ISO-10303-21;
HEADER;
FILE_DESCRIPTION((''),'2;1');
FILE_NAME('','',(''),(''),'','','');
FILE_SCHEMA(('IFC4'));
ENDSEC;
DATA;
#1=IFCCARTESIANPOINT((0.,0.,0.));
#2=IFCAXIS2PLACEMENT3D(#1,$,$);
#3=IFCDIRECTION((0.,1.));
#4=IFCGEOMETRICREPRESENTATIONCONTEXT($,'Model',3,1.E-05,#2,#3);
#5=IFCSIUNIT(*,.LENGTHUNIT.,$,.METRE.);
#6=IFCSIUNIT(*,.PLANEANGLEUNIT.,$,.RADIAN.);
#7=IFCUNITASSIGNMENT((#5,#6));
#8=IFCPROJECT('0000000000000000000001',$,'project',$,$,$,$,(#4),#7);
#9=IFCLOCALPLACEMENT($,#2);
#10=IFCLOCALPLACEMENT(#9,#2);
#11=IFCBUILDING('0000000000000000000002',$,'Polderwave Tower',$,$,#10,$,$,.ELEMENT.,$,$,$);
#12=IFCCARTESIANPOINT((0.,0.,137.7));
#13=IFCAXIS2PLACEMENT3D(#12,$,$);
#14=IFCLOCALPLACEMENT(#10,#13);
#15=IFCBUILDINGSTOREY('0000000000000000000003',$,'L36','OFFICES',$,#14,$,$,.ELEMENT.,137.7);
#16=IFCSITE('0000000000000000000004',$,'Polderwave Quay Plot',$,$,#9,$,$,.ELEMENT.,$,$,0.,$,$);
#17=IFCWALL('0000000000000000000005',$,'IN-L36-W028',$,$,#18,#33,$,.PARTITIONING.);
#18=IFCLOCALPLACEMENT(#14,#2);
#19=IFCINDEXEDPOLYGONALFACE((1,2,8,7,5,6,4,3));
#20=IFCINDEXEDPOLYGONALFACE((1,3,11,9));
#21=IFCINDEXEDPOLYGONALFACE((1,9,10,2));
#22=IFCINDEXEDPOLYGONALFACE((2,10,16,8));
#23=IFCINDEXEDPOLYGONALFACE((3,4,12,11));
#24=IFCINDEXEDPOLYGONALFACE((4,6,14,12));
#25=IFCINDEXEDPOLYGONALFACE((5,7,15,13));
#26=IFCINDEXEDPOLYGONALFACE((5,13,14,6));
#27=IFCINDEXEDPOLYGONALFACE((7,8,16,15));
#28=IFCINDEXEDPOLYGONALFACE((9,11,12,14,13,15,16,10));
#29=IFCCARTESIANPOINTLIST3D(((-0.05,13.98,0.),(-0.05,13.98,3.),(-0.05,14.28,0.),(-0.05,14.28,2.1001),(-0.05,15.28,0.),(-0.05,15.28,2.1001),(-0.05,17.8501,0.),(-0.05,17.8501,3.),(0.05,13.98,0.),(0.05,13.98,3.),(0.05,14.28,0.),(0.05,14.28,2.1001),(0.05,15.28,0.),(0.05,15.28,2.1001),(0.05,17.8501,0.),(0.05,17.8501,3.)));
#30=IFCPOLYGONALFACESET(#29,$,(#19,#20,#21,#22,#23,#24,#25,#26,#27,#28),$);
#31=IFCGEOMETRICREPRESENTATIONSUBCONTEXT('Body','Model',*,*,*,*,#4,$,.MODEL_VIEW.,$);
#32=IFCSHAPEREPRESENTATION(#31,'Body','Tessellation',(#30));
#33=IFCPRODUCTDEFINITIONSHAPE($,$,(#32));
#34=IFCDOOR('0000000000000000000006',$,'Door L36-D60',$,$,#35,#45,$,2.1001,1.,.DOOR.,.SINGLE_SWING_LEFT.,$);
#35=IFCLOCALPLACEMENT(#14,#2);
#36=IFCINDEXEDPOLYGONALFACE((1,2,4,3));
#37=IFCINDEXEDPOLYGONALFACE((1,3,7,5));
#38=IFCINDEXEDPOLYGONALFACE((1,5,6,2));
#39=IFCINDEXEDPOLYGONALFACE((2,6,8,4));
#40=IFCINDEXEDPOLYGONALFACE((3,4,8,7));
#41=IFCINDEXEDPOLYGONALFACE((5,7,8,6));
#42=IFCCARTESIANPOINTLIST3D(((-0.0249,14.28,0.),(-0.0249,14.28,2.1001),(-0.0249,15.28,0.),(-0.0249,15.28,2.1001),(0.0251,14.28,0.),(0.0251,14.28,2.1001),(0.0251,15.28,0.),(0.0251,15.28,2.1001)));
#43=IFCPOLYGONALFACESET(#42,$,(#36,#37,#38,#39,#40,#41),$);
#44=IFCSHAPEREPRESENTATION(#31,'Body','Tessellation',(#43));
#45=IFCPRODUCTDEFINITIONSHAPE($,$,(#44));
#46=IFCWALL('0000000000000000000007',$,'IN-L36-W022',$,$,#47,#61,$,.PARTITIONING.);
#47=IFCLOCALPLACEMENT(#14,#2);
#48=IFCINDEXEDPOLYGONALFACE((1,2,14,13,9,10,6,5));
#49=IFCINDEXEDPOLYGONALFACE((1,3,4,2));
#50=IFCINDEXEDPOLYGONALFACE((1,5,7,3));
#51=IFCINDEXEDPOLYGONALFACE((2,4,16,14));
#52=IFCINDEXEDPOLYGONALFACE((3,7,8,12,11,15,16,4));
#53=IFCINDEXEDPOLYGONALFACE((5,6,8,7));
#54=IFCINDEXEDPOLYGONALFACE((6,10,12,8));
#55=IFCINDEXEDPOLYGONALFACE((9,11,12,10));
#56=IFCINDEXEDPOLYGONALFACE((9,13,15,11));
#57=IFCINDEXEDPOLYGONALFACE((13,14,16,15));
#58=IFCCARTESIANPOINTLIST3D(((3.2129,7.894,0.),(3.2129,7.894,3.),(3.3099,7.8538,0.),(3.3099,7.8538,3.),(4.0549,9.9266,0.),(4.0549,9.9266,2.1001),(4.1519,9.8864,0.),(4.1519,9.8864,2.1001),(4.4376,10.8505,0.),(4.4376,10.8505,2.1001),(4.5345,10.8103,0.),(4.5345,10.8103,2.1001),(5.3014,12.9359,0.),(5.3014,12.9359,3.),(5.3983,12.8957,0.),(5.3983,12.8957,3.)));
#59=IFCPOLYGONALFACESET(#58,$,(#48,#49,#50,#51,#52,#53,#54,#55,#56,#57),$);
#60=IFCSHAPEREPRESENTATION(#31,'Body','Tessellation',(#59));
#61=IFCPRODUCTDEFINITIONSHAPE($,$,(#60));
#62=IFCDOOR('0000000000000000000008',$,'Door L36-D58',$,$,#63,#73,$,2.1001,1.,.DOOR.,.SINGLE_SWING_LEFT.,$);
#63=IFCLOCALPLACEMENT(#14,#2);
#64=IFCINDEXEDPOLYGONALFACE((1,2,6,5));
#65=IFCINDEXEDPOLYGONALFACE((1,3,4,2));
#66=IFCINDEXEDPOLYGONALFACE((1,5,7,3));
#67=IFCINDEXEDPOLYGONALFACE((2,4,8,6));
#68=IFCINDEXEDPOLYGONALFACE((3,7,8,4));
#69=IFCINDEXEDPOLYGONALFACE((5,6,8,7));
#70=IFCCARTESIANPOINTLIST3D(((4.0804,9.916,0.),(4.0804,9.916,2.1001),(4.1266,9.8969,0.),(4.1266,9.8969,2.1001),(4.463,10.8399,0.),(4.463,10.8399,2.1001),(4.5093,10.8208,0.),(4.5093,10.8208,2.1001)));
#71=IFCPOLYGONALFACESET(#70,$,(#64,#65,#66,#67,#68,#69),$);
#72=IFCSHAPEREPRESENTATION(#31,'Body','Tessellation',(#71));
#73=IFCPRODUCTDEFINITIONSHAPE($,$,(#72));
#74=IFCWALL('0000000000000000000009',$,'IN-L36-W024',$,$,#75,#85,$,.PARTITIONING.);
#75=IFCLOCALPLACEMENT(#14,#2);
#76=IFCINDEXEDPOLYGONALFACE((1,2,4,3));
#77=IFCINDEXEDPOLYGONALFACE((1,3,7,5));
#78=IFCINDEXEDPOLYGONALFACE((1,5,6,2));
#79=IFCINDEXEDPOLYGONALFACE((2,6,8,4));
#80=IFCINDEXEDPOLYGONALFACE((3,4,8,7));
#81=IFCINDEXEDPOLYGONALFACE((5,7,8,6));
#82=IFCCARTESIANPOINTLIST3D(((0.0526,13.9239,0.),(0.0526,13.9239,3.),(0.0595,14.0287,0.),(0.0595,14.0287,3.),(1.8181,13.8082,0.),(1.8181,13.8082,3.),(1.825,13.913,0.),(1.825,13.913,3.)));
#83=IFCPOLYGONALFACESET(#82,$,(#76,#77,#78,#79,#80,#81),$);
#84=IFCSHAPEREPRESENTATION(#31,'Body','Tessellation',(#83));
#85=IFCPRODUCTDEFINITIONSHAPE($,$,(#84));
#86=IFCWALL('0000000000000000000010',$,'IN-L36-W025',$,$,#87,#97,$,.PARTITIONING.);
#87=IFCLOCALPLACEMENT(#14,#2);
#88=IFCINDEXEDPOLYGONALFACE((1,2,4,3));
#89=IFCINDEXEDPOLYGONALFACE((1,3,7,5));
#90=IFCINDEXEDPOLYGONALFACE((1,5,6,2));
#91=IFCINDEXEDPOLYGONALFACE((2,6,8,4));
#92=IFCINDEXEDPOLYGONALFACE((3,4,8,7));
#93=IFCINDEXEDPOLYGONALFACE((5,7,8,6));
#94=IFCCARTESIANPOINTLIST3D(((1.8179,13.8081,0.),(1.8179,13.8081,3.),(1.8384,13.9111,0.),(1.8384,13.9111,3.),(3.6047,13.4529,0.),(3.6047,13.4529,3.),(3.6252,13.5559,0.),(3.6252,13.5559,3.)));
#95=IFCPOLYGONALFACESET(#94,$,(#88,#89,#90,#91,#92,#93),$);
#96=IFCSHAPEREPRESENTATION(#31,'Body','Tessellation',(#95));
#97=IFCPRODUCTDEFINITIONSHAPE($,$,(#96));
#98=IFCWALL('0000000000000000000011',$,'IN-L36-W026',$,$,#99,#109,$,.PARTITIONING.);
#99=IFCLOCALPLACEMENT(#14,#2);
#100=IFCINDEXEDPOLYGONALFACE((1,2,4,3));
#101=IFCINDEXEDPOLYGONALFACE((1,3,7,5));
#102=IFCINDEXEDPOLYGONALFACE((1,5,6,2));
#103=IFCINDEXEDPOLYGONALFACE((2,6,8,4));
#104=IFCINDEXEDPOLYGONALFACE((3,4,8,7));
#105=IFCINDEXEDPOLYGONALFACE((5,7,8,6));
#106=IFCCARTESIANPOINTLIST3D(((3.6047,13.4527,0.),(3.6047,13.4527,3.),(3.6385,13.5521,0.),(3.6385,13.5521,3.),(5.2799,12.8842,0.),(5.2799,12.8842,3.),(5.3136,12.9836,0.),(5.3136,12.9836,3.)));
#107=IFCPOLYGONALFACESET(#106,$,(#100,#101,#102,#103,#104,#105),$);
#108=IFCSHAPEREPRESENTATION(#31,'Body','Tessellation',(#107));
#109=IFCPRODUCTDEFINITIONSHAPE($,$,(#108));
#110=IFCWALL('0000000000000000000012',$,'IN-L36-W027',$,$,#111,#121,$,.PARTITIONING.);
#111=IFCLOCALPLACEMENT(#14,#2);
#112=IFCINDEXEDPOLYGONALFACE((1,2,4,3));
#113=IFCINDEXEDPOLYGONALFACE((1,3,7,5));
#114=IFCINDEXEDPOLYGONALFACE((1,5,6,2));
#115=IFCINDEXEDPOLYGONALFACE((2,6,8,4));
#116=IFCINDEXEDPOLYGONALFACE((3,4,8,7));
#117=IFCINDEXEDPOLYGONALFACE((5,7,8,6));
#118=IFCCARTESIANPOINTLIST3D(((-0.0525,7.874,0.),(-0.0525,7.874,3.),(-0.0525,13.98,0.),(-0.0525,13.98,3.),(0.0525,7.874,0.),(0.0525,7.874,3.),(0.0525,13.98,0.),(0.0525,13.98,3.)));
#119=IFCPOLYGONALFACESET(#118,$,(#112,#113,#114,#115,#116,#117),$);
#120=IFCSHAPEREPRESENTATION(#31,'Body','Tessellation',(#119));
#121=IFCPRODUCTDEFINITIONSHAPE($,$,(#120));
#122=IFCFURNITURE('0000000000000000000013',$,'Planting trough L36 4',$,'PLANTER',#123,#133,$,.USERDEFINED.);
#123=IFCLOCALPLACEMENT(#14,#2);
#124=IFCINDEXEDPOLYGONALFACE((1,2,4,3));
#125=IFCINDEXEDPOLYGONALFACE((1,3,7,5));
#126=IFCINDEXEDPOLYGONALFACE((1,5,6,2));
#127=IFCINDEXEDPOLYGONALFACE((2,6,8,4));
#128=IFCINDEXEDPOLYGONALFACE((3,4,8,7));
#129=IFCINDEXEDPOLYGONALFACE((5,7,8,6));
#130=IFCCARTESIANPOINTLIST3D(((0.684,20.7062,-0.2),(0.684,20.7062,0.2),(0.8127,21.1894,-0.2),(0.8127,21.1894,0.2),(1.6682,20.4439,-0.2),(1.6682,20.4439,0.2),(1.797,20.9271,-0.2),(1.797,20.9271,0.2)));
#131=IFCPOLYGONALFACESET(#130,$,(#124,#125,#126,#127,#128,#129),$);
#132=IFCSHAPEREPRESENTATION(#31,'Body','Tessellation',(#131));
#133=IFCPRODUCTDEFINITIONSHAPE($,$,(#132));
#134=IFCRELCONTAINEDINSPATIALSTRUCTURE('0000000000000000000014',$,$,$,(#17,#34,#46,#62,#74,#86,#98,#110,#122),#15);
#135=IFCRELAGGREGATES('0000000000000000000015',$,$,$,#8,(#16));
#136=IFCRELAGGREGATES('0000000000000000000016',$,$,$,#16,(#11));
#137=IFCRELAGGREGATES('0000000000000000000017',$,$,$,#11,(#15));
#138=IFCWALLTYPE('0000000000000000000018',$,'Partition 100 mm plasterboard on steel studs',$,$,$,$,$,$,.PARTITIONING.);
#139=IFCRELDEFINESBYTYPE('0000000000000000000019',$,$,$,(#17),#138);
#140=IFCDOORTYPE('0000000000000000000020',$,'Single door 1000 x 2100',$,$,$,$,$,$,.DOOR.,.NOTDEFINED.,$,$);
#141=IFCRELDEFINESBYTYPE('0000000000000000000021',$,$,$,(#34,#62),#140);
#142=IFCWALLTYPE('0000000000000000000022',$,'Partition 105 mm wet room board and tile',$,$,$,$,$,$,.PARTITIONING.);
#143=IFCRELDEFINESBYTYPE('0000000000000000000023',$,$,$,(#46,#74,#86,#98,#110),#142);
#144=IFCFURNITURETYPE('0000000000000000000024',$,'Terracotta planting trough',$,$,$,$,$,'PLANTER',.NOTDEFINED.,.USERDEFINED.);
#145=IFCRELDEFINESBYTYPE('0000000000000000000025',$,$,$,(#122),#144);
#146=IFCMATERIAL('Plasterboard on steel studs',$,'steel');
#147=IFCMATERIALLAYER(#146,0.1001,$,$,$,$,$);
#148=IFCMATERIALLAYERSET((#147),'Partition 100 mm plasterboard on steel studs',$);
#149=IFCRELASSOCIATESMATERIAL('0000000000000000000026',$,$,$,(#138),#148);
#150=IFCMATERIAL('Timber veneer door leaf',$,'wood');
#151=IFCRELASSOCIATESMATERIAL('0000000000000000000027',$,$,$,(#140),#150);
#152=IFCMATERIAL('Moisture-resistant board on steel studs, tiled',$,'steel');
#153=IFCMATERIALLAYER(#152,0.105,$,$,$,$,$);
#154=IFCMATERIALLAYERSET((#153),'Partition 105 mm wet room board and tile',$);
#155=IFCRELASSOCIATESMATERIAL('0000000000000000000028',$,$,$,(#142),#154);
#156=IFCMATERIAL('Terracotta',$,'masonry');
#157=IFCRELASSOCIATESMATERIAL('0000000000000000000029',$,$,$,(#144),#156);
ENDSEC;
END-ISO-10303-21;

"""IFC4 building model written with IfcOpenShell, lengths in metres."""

from ifc_helpers import new_model, si_unit, direction, frame, frame_2d, origin, origin_2d, place, context, subcontext, project, spatial, rectangle, extrude, material, layer, layer_set, type_object, element, fill, save


model = new_model("IFC4")

# Units and contexts
model_context = context("Model", 3, precision=1e-05, world=origin(), true_north=direction((0.0, 1.0)))
body_context = subcontext(model_context, "Body", "Model", "MODEL_VIEW")
ifc_project = project(units=[si_unit("LENGTHUNIT", "METRE"), si_unit("PLANEANGLEUNIT", "RADIAN")], contexts=[model_context])

# Site, building, storey
site_placement = place(None, origin())
site = spatial("IfcSite", under=ifc_project, at=site_placement, Name="Polderwave Quay Plot", CompositionType="ELEMENT", RefElevation=0.0)
building_placement = place(site_placement, origin())
building = spatial("IfcBuilding", under=site, at=building_placement, Name="Polderwave Tower", CompositionType="ELEMENT")
storey_placement = place(building_placement, frame((0.0, 0.0, 137.7)))
storey = spatial("IfcBuildingStorey", under=building, at=storey_placement, Name="L36", Description="OFFICES", CompositionType="ELEMENT", Elevation=137.7)

# Walls, openings, doors
ifc_material_1 = material(Name="Plasterboard on steel studs", Category="steel")
ifc_layer_1 = layer(ifc_material_1, 0.1001)
ifc_layer_set_1 = layer_set([ifc_layer_1], Name="Partition 100 mm plasterboard on steel studs")
wall_type_1 = type_object("IfcWallType", Name="Partition 100 mm plasterboard on steel studs", PredefinedType="PARTITIONING", material=ifc_layer_set_1)
ifc_material_2 = material(Name="Timber veneer door leaf", Category="wood")
door_type = type_object("IfcDoorType", Name="Single door 1000 x 2100", OperationType="NOTDEFINED", PredefinedType="DOOR", material=ifc_material_2)
wall_1_placement = place(storey_placement, frame((0.0, 13.98, 0.0), z_axis=(0.0, 0.0, 1.0), x_axis=(0.0, 1.0, 0.0)))
wall_1 = element("IfcWall", 1, at=wall_1_placement, inside=storey, type_object=wall_type_1, Name="IN-L36-W028", PredefinedType="PARTITIONING", context=body_context, shape_type="SweptSolid", body=[
    extrude(rectangle(XDim=3.8701, YDim=0.1001, at=frame_2d((1.9351, 0.0))), origin(), (0.0, 0.0, 1.0), 3.0),
])
opening_1_placement = place(wall_1_placement, frame((0.3, 0.0, 0.0)))
opening_1 = element("IfcOpeningElement", 2, at=opening_1_placement, cuts=wall_1, PredefinedType="OPENING", context=body_context, shape_type="SweptSolid", body=[
    extrude(rectangle(XDim=1.0, YDim=2.1001, at=frame_2d((0.5, 1.05))), frame((0.0, 0.0601, 0.0), z_axis=(0.0, -1.0, 0.0), x_axis=(1.0, 0.0, 0.0)), (0.0, 0.0, 1.0), 0.1201),
])
door_1_placement = place(opening_1_placement, origin())
door_1 = element("IfcDoor", 3, at=door_1_placement, inside=storey, type_object=door_type, Name="Door L36-D60", OperationType="SINGLE_SWING_LEFT", OverallHeight=2.1001, OverallWidth=1.0, PredefinedType="DOOR", context=body_context, shape_type="SweptSolid", body=[
    extrude(rectangle(XDim=1.0, YDim=2.1001, at=frame_2d((0.5, 1.05))), frame((0.0, 0.0249, 0.0), z_axis=(0.0, -1.0, 0.0), x_axis=(1.0, 0.0, 0.0)), (0.0, 0.0, 1.0), 0.05),
])
fill(opening_1, door_1)
ifc_material_3 = material(Name="Moisture-resistant board on steel studs, tiled", Category="steel")
ifc_layer_2 = layer(ifc_material_3, 0.105)
ifc_layer_set_2 = layer_set([ifc_layer_2], Name="Partition 105 mm wet room board and tile")
wall_type_2 = type_object("IfcWallType", Name="Partition 105 mm wet room board and tile", PredefinedType="PARTITIONING", material=ifc_layer_set_2)
wall_2_placement = place(storey_placement, frame((3.2615, 7.874, 0.0), z_axis=(0.0, 0.0, 1.0), x_axis=(0.382686, 0.923878, 0.0)))
wall_2 = element("IfcWall", 4, at=wall_2_placement, inside=storey, type_object=wall_type_2, Name="IN-L36-W022", PredefinedType="PARTITIONING", context=body_context, shape_type="SweptSolid", body=[
    extrude(rectangle(XDim=5.4573, YDim=0.105, at=frame_2d((2.7285, 0.0))), origin(), (0.0, 0.0, 1.0), 3.0),
])
opening_2_placement = place(wall_2_placement, frame((2.2, 0.0, 0.0)))
opening_2 = element("IfcOpeningElement", 5, at=opening_2_placement, cuts=wall_2, PredefinedType="OPENING", context=body_context, shape_type="SweptSolid", body=[
    extrude(rectangle(XDim=1.0, YDim=2.1001, at=frame_2d((0.5, 1.05))), frame((0.0, 0.0625, 0.0), z_axis=(0.0, -1.0, 0.0), x_axis=(1.0, 0.0, 0.0)), (0.0, 0.0, 1.0), 0.125),
])
door_2_placement = place(opening_2_placement, origin())
door_2 = element("IfcDoor", 6, at=door_2_placement, inside=storey, type_object=door_type, Name="Door L36-D58", OperationType="SINGLE_SWING_LEFT", OverallHeight=2.1001, OverallWidth=1.0, PredefinedType="DOOR", context=body_context, shape_type="SweptSolid", body=[
    extrude(rectangle(XDim=1.0, YDim=2.1001, at=frame_2d((0.5, 1.05))), frame((0.0, 0.0249, 0.0), z_axis=(0.0, -1.0, 0.0), x_axis=(1.0, 0.0, 0.0)), (0.0, 0.0, 1.0), 0.05),
])
fill(opening_2, door_2)

# Walls
wall_3_placement = place(storey_placement, frame((0.0559, 13.9763, 0.0), z_axis=(0.0, 0.0, 1.0), x_axis=(0.997858, -0.065411, 0.0)))
element("IfcWall", 7, at=wall_3_placement, inside=storey, type_object=wall_type_2, Name="IN-L36-W024", PredefinedType="PARTITIONING", context=body_context, shape_type="SweptSolid", body=[
    extrude(rectangle(XDim=1.7693, YDim=0.105, at=frame_2d((0.8848, 0.0))), origin(), (0.0, 0.0, 1.0), 3.0),
])
wall_4_placement = place(storey_placement, frame((1.8281, 13.8596, 0.0), z_axis=(0.0, 0.0, 1.0), x_axis=(0.980807, -0.194982, 0.0)))
element("IfcWall", 8, at=wall_4_placement, inside=storey, type_object=wall_type_2, Name="IN-L36-W025", PredefinedType="PARTITIONING", context=body_context, shape_type="SweptSolid", body=[
    extrude(rectangle(XDim=1.8218, YDim=0.105, at=frame_2d((0.9109, 0.0))), origin(), (0.0, 0.0, 1.0), 3.0),
])
wall_5_placement = place(storey_placement, frame((3.6216, 13.5024, 0.0), z_axis=(0.0, 0.0, 1.0), x_axis=(0.946944, -0.321398, 0.0)))
element("IfcWall", 9, at=wall_5_placement, inside=storey, type_object=wall_type_2, Name="IN-L36-W026", PredefinedType="PARTITIONING", context=body_context, shape_type="SweptSolid", body=[
    extrude(rectangle(XDim=1.769, YDim=0.105, at=frame_2d((0.8845, 0.0))), origin(), (0.0, 0.0, 1.0), 3.0),
])
wall_6_placement = place(storey_placement, frame((0.0, 7.874, 0.0), z_axis=(0.0, 0.0, 1.0), x_axis=(0.0, 1.0, 0.0)))
element("IfcWall", 10, at=wall_6_placement, inside=storey, type_object=wall_type_2, Name="IN-L36-W027", PredefinedType="PARTITIONING", context=body_context, shape_type="SweptSolid", body=[
    extrude(rectangle(XDim=6.106, YDim=0.105, at=frame_2d((3.053, 0.0))), origin(), (0.0, 0.0, 1.0), 3.0),
])

# Furniture
ifc_material_4 = material(Name="Terracotta", Category="masonry")
furniture_type = type_object("IfcFurnitureType", Name="Terracotta planting trough", ElementType="PLANTER", AssemblyPlace="NOTDEFINED", PredefinedType="USERDEFINED", material=ifc_material_4)
furniture_placement = place(storey_placement, frame((1.2405, 20.8167, -0.2), z_axis=(0.0, 0.0, 1.0), x_axis=(-0.96628, 0.257492, 0.0)))
element("IfcFurniture", 11, at=furniture_placement, inside=storey, type_object=furniture_type, Name="Planting trough L36 4", ObjectType="PLANTER", PredefinedType="USERDEFINED", context=body_context, shape_type="SweptSolid", body=[
    extrude(rectangle(XDim=1.0186, YDim=0.5, at=origin_2d()), origin(), (0.0, 0.0, 1.0), 0.3999),
])

save(model, "model.ifc")
